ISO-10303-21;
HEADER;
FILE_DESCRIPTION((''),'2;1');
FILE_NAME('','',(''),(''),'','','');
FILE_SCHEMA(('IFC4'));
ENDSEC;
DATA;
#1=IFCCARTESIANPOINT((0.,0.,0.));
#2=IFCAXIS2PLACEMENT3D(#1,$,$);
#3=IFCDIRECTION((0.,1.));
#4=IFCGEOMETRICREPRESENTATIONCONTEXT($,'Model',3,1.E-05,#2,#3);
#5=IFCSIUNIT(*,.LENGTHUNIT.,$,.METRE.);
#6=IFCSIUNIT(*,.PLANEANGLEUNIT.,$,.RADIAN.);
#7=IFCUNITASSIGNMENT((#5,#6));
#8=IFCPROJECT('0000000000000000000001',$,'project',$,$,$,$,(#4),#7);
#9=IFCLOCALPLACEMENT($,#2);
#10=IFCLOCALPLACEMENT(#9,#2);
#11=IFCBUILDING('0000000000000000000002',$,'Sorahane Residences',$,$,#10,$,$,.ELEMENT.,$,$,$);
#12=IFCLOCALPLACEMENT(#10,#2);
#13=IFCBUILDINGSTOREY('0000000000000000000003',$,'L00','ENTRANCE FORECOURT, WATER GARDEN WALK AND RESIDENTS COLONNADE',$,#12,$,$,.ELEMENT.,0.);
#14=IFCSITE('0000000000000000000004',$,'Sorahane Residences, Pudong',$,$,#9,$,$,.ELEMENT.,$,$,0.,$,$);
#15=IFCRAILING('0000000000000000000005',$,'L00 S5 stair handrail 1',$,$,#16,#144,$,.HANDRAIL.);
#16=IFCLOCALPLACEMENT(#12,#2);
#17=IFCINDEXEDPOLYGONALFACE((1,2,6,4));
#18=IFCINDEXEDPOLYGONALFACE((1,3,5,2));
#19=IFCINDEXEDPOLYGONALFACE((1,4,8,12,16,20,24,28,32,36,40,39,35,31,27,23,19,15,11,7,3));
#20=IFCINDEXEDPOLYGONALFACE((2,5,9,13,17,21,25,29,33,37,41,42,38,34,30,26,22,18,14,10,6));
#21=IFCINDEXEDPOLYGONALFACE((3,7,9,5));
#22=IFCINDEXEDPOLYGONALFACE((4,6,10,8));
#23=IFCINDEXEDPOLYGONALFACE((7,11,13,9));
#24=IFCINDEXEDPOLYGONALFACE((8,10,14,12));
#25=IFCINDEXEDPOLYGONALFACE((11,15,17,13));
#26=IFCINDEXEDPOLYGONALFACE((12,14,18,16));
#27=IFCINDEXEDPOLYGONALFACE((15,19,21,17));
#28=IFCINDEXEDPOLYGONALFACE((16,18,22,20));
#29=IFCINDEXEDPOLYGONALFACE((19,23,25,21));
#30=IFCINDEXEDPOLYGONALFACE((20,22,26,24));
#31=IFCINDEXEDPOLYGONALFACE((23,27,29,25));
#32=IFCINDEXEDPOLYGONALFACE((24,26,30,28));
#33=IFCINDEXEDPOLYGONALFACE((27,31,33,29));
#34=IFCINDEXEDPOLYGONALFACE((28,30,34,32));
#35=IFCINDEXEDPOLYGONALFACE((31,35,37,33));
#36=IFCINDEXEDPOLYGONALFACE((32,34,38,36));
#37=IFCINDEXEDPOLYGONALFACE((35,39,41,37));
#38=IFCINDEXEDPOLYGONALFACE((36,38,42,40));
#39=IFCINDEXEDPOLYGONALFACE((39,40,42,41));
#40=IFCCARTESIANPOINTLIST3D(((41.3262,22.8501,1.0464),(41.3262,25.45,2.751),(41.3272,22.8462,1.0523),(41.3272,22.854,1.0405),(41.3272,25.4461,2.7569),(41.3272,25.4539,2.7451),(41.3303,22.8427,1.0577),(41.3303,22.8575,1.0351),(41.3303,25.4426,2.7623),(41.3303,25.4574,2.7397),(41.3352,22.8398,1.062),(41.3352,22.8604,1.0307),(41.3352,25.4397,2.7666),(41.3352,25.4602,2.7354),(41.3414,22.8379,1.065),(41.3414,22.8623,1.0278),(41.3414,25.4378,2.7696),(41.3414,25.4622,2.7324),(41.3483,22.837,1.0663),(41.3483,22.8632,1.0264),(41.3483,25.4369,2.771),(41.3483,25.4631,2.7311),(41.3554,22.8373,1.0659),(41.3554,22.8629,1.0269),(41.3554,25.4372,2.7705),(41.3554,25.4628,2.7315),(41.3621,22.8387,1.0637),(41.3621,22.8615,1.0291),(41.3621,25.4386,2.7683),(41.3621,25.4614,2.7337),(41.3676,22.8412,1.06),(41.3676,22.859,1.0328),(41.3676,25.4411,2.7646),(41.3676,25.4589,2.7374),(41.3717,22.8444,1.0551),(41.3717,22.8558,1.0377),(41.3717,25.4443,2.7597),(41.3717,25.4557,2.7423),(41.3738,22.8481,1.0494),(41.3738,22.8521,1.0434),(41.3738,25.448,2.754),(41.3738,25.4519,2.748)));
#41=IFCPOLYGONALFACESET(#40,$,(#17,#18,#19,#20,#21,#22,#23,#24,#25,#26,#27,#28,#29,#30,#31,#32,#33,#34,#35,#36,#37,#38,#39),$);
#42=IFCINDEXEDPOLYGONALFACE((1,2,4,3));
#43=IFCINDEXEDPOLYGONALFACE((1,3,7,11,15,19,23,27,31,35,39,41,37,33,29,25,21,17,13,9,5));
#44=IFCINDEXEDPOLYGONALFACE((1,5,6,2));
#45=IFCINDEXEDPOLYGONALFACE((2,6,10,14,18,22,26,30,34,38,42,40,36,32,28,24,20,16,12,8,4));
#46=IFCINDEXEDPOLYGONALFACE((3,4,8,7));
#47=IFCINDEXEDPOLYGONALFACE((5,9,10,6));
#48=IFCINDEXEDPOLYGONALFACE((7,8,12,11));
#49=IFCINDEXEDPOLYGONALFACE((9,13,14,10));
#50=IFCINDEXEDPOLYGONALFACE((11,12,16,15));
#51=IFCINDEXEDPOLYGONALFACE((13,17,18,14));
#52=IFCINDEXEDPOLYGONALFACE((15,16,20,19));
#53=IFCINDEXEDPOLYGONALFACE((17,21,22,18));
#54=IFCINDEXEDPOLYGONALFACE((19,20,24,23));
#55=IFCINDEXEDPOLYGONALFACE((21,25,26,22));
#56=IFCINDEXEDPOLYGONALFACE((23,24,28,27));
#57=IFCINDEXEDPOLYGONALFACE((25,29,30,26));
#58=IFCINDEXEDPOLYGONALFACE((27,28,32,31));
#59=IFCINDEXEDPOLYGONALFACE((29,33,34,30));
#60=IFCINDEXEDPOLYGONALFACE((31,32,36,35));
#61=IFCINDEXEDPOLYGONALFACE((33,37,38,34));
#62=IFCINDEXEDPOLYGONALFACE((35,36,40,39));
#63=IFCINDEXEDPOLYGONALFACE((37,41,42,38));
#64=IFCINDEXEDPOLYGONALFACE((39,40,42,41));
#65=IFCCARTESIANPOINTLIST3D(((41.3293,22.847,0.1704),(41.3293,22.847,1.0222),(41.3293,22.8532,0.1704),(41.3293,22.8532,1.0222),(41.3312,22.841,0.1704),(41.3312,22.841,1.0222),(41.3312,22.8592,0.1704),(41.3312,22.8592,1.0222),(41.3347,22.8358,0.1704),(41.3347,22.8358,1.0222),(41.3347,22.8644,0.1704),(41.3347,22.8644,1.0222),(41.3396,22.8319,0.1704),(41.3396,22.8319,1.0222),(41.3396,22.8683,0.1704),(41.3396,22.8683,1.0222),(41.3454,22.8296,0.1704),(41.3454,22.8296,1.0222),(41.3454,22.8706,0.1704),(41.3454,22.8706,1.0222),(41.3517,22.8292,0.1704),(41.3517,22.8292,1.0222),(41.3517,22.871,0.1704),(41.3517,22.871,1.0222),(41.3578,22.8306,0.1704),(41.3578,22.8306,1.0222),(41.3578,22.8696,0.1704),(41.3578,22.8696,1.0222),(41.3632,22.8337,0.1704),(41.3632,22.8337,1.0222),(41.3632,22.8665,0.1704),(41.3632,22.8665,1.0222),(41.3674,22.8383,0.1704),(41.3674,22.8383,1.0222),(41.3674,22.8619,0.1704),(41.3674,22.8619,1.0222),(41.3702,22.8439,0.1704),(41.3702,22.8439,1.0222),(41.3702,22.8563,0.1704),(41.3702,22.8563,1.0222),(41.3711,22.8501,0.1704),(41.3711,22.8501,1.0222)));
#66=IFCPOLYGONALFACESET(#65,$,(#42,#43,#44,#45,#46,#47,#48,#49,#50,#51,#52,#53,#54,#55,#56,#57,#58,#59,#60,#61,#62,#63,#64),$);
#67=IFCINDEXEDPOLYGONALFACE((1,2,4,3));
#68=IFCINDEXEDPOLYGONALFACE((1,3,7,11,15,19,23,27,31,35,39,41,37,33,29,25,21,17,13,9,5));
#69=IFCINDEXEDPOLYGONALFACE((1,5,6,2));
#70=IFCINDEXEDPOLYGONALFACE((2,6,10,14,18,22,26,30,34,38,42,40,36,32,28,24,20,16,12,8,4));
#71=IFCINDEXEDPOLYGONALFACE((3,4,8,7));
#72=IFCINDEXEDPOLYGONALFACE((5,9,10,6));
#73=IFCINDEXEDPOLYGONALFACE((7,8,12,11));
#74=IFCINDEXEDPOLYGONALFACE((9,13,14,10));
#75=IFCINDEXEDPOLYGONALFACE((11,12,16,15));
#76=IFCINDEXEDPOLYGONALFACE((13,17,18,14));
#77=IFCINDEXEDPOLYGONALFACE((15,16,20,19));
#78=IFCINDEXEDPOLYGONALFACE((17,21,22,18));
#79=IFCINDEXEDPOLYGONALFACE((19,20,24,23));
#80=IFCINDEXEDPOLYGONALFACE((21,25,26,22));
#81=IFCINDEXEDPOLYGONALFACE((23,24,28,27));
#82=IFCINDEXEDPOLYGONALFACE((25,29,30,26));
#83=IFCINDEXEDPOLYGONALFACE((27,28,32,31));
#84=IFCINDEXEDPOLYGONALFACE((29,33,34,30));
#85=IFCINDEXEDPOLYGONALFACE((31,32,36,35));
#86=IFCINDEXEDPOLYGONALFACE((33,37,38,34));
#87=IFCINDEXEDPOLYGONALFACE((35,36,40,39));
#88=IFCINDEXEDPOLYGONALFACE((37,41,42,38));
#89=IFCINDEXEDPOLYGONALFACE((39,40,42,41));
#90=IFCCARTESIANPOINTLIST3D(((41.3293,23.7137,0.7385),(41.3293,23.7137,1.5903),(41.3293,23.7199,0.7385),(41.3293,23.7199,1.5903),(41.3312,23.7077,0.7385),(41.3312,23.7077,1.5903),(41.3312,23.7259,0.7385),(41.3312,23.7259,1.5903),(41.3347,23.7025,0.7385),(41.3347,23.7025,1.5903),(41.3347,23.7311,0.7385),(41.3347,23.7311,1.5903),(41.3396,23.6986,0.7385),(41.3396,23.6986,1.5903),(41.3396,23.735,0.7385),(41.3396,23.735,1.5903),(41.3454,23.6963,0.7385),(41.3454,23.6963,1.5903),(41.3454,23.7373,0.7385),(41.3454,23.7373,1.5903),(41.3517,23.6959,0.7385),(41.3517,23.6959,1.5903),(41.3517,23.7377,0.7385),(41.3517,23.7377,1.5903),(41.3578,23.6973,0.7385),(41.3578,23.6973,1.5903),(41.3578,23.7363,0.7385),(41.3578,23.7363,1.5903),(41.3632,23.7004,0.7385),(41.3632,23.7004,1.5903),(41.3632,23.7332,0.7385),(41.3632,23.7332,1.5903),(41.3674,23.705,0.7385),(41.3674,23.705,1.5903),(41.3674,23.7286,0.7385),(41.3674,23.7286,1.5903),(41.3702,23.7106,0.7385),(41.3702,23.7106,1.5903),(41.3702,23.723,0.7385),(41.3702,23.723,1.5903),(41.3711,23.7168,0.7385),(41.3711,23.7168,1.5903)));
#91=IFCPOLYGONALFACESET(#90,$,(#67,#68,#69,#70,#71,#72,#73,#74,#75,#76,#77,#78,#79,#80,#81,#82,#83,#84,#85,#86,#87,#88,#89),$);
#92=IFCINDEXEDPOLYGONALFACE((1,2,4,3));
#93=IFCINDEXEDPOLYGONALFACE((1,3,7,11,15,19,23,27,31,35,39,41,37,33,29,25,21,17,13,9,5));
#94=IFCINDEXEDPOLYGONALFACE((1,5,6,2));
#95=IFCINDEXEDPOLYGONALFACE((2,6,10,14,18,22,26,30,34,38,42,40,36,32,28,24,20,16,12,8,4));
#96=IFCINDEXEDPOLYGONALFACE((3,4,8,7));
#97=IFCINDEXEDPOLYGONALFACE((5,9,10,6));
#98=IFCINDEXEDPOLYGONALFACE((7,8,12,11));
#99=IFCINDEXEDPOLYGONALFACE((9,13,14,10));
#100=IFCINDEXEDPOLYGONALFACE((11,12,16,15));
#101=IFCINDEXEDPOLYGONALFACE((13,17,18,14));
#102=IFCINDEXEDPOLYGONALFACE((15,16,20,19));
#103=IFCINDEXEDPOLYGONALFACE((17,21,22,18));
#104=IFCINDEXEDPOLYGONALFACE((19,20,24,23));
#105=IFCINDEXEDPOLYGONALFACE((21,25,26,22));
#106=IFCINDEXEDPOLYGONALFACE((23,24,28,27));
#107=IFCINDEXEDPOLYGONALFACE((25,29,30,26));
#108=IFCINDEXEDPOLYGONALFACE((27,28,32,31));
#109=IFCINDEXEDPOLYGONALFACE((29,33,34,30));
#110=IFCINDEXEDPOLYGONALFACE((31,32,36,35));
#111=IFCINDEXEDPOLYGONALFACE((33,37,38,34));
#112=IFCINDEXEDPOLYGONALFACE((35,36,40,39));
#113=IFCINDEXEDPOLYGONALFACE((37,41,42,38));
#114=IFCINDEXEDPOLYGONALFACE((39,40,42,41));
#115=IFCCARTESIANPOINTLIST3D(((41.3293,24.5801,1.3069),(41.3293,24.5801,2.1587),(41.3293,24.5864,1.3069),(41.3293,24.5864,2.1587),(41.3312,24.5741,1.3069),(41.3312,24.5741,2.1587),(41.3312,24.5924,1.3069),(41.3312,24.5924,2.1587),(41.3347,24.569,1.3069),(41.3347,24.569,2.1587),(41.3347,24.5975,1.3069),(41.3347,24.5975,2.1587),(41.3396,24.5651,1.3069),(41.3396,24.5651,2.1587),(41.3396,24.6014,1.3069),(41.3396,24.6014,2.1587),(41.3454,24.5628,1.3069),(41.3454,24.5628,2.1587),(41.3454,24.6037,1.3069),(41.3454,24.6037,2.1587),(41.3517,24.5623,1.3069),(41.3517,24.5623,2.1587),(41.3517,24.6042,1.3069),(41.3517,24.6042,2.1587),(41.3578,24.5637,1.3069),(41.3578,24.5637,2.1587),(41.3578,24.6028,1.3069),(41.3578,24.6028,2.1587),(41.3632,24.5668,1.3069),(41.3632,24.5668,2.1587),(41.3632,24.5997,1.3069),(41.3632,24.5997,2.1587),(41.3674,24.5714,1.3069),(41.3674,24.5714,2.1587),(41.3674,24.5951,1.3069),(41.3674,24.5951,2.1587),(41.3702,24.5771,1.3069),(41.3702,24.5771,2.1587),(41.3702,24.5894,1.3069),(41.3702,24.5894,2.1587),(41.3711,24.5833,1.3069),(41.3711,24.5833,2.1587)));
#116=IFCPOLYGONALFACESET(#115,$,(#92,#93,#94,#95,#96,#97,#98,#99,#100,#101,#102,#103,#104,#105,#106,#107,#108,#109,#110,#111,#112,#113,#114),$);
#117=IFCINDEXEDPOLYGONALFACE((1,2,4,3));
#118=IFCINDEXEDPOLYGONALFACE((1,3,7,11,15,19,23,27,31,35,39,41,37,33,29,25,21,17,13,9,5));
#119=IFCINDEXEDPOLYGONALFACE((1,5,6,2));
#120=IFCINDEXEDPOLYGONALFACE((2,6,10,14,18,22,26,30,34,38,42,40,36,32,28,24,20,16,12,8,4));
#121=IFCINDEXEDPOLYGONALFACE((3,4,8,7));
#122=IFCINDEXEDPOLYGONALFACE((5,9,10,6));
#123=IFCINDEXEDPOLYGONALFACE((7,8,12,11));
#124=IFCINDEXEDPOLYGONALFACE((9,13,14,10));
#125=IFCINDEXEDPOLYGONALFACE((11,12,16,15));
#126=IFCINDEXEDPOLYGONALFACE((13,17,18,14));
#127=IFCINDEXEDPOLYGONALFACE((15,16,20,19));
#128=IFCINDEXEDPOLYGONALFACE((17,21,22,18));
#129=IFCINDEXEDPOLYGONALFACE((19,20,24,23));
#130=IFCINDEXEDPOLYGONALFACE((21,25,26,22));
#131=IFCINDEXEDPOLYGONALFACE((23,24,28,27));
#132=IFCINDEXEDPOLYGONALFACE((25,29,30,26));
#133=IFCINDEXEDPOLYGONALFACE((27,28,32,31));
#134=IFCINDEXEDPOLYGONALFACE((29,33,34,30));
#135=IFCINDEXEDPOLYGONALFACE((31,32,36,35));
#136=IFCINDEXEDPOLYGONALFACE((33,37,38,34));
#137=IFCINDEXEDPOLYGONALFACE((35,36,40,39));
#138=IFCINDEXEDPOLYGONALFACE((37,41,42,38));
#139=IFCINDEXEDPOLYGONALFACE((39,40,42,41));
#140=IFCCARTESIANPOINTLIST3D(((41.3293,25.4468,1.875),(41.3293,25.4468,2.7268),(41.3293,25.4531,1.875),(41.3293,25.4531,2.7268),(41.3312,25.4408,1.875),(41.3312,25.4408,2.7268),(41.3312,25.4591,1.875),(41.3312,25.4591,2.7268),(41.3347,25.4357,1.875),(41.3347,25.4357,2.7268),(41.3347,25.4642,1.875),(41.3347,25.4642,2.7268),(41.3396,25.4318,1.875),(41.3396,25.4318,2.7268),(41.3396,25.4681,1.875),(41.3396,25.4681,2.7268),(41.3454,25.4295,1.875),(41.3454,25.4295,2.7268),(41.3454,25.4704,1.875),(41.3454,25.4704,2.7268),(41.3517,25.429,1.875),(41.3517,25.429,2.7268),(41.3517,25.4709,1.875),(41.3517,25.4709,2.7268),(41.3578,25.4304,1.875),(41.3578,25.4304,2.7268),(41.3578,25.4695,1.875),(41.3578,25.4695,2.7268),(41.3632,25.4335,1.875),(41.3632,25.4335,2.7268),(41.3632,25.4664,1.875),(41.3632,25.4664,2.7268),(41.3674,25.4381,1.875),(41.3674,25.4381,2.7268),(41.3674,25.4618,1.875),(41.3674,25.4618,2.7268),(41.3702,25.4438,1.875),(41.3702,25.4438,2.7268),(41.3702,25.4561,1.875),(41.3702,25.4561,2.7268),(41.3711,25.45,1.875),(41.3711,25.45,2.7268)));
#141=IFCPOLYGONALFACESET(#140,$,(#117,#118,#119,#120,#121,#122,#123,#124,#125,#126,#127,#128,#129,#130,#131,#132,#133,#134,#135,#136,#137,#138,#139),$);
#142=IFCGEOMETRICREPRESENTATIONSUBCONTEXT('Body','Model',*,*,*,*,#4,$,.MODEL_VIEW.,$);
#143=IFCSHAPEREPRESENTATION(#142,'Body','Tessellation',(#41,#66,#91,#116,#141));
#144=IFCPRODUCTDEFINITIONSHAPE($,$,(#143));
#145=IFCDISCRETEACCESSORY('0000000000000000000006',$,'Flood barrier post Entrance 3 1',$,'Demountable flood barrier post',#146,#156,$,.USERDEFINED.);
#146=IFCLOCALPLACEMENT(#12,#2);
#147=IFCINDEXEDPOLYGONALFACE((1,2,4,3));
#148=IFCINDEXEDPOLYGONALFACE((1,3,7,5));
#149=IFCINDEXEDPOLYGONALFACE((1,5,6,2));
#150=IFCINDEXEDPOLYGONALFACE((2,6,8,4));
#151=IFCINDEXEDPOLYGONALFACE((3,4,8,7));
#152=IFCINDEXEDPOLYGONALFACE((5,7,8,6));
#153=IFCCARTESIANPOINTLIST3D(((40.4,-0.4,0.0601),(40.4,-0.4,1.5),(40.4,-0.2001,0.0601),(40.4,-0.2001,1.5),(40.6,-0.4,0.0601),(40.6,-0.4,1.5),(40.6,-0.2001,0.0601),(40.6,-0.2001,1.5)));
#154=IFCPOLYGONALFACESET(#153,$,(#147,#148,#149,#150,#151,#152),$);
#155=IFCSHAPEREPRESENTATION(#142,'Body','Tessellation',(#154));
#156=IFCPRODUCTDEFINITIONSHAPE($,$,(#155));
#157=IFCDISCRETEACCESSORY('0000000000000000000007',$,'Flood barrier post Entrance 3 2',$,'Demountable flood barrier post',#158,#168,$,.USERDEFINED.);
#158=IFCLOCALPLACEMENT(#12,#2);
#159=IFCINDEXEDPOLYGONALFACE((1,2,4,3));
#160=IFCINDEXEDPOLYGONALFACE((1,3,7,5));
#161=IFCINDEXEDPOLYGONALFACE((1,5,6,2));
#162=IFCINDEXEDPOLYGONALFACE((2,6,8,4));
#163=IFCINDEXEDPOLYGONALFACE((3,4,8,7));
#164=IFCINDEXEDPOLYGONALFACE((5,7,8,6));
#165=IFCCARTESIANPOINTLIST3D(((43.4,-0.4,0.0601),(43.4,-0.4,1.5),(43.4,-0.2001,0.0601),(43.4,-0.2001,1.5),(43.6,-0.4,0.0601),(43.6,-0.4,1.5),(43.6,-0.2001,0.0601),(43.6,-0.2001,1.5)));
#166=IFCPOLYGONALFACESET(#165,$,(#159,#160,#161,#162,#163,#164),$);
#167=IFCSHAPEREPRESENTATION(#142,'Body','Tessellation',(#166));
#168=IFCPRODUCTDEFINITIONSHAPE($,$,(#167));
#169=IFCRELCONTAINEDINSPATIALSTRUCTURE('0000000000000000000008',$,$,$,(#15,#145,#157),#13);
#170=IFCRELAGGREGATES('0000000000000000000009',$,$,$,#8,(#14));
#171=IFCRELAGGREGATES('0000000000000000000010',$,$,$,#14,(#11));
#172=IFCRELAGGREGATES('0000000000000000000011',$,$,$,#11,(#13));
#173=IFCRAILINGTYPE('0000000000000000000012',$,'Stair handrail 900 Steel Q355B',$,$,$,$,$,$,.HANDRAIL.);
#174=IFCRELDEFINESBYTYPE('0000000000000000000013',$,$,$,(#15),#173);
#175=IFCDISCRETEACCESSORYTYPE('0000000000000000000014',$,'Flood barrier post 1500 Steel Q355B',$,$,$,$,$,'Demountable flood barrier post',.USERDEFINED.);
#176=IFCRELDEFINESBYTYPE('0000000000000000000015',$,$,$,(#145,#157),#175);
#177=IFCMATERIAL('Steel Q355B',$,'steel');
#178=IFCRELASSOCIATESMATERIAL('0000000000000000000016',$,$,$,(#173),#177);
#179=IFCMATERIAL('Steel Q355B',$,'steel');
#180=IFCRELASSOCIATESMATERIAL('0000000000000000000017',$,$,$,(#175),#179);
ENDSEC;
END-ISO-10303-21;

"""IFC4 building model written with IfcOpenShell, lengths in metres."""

from ifc_helpers import new_model, si_unit, direction, frame, origin, origin_2d, place, context, subcontext, project, spatial, rectangle, circle, extrude, material, type_object, element, save


model = new_model("IFC4")

# Units and contexts
model_context = context("Model", 3, precision=1e-05, world=origin(), true_north=direction((0.0, 1.0)))
body_context = subcontext(model_context, "Body", "Model", "MODEL_VIEW")
ifc_project = project(units=[si_unit("LENGTHUNIT", "METRE"), si_unit("PLANEANGLEUNIT", "RADIAN")], contexts=[model_context])

# Site, building, storey
site_placement = place(None, origin())
site = spatial("IfcSite", under=ifc_project, at=site_placement, Name="Sorahane Residences, Pudong", CompositionType="ELEMENT", RefElevation=0.0)
building_placement = place(site_placement, origin())
building = spatial("IfcBuilding", under=site, at=building_placement, Name="Sorahane Residences", CompositionType="ELEMENT")
storey_placement = place(building_placement, origin())
storey = spatial("IfcBuildingStorey", under=building, at=storey_placement, Name="L00", Description="ENTRANCE FORECOURT, WATER GARDEN WALK AND RESIDENTS COLONNADE", CompositionType="ELEMENT", Elevation=0.0)

# Railing
ifc_material_1 = material(Name="Steel Q355B", Category="steel")
railing_type_1 = type_object("IfcRailingType", Name="Stair handrail 900 Steel Q355B", PredefinedType="HANDRAIL", material=ifc_material_1)
railing_1_placement = place(storey_placement, frame((41.3501, 22.8501, 0.1704)))
element("IfcRailing", 1, at=railing_1_placement, inside=storey, type_object=railing_type_1, Name="L00 S5 stair handrail 1", PredefinedType="HANDRAIL", context=body_context, shape_type="SweptSolid", body=[
    extrude(circle(Radius=0.0239, at=origin_2d()), frame((0.0, 0.0, 0.876), z_axis=(0.0, 0.836279, 0.548305), x_axis=(-1.0, 0.0, 0.0)), (0.0, 0.0, 1.0), 3.1089),
    extrude(circle(Radius=0.021, at=origin_2d()), origin(), (0.0, 0.0, 1.0), 0.8518),
    extrude(circle(Radius=0.021, at=origin_2d()), frame((0.0, 0.8667, 0.5681)), (0.0, 0.0, 1.0), 0.8518),
    extrude(circle(Radius=0.021, at=origin_2d()), frame((0.0, 1.7332, 1.1365)), (0.0, 0.0, 1.0), 0.8518),
    extrude(circle(Radius=0.021, at=origin_2d()), frame((0.0, 2.5999, 1.7046)), (0.0, 0.0, 1.0), 0.8518),
])

# Discrete accessories
ifc_material_2 = material(Name="Steel Q355B", Category="steel")
discrete_accessory_type = type_object("IfcDiscreteAccessoryType", Name="Flood barrier post 1500 Steel Q355B", ElementType="Demountable flood barrier post", PredefinedType="USERDEFINED", material=ifc_material_2)
for number, where, z_axis, x_axis, name in (
    (2, (40.5, -0.3, 0.0601), (0.0, 0.0, 1.0), (1.0, 0.0, 0.0), "Flood barrier post Entrance 3 1"),
    (3, (43.5, -0.3, 0.0601), (0.0, 0.0, 1.0), (1.0, 0.0, 0.0), "Flood barrier post Entrance 3 2"),
):
    element("IfcDiscreteAccessory", number, at=place(storey_placement, frame(where, z_axis=z_axis, x_axis=x_axis)), inside=storey, type_object=discrete_accessory_type, Name=name, ObjectType="Demountable flood barrier post", PredefinedType="USERDEFINED", context=body_context, shape_type="SweptSolid", body=[
        extrude(rectangle(XDim=0.2, YDim=0.2, at=origin_2d()), origin(), (0.0, 0.0, 1.0), 1.4399),
    ])

save(model, "model.ifc")
